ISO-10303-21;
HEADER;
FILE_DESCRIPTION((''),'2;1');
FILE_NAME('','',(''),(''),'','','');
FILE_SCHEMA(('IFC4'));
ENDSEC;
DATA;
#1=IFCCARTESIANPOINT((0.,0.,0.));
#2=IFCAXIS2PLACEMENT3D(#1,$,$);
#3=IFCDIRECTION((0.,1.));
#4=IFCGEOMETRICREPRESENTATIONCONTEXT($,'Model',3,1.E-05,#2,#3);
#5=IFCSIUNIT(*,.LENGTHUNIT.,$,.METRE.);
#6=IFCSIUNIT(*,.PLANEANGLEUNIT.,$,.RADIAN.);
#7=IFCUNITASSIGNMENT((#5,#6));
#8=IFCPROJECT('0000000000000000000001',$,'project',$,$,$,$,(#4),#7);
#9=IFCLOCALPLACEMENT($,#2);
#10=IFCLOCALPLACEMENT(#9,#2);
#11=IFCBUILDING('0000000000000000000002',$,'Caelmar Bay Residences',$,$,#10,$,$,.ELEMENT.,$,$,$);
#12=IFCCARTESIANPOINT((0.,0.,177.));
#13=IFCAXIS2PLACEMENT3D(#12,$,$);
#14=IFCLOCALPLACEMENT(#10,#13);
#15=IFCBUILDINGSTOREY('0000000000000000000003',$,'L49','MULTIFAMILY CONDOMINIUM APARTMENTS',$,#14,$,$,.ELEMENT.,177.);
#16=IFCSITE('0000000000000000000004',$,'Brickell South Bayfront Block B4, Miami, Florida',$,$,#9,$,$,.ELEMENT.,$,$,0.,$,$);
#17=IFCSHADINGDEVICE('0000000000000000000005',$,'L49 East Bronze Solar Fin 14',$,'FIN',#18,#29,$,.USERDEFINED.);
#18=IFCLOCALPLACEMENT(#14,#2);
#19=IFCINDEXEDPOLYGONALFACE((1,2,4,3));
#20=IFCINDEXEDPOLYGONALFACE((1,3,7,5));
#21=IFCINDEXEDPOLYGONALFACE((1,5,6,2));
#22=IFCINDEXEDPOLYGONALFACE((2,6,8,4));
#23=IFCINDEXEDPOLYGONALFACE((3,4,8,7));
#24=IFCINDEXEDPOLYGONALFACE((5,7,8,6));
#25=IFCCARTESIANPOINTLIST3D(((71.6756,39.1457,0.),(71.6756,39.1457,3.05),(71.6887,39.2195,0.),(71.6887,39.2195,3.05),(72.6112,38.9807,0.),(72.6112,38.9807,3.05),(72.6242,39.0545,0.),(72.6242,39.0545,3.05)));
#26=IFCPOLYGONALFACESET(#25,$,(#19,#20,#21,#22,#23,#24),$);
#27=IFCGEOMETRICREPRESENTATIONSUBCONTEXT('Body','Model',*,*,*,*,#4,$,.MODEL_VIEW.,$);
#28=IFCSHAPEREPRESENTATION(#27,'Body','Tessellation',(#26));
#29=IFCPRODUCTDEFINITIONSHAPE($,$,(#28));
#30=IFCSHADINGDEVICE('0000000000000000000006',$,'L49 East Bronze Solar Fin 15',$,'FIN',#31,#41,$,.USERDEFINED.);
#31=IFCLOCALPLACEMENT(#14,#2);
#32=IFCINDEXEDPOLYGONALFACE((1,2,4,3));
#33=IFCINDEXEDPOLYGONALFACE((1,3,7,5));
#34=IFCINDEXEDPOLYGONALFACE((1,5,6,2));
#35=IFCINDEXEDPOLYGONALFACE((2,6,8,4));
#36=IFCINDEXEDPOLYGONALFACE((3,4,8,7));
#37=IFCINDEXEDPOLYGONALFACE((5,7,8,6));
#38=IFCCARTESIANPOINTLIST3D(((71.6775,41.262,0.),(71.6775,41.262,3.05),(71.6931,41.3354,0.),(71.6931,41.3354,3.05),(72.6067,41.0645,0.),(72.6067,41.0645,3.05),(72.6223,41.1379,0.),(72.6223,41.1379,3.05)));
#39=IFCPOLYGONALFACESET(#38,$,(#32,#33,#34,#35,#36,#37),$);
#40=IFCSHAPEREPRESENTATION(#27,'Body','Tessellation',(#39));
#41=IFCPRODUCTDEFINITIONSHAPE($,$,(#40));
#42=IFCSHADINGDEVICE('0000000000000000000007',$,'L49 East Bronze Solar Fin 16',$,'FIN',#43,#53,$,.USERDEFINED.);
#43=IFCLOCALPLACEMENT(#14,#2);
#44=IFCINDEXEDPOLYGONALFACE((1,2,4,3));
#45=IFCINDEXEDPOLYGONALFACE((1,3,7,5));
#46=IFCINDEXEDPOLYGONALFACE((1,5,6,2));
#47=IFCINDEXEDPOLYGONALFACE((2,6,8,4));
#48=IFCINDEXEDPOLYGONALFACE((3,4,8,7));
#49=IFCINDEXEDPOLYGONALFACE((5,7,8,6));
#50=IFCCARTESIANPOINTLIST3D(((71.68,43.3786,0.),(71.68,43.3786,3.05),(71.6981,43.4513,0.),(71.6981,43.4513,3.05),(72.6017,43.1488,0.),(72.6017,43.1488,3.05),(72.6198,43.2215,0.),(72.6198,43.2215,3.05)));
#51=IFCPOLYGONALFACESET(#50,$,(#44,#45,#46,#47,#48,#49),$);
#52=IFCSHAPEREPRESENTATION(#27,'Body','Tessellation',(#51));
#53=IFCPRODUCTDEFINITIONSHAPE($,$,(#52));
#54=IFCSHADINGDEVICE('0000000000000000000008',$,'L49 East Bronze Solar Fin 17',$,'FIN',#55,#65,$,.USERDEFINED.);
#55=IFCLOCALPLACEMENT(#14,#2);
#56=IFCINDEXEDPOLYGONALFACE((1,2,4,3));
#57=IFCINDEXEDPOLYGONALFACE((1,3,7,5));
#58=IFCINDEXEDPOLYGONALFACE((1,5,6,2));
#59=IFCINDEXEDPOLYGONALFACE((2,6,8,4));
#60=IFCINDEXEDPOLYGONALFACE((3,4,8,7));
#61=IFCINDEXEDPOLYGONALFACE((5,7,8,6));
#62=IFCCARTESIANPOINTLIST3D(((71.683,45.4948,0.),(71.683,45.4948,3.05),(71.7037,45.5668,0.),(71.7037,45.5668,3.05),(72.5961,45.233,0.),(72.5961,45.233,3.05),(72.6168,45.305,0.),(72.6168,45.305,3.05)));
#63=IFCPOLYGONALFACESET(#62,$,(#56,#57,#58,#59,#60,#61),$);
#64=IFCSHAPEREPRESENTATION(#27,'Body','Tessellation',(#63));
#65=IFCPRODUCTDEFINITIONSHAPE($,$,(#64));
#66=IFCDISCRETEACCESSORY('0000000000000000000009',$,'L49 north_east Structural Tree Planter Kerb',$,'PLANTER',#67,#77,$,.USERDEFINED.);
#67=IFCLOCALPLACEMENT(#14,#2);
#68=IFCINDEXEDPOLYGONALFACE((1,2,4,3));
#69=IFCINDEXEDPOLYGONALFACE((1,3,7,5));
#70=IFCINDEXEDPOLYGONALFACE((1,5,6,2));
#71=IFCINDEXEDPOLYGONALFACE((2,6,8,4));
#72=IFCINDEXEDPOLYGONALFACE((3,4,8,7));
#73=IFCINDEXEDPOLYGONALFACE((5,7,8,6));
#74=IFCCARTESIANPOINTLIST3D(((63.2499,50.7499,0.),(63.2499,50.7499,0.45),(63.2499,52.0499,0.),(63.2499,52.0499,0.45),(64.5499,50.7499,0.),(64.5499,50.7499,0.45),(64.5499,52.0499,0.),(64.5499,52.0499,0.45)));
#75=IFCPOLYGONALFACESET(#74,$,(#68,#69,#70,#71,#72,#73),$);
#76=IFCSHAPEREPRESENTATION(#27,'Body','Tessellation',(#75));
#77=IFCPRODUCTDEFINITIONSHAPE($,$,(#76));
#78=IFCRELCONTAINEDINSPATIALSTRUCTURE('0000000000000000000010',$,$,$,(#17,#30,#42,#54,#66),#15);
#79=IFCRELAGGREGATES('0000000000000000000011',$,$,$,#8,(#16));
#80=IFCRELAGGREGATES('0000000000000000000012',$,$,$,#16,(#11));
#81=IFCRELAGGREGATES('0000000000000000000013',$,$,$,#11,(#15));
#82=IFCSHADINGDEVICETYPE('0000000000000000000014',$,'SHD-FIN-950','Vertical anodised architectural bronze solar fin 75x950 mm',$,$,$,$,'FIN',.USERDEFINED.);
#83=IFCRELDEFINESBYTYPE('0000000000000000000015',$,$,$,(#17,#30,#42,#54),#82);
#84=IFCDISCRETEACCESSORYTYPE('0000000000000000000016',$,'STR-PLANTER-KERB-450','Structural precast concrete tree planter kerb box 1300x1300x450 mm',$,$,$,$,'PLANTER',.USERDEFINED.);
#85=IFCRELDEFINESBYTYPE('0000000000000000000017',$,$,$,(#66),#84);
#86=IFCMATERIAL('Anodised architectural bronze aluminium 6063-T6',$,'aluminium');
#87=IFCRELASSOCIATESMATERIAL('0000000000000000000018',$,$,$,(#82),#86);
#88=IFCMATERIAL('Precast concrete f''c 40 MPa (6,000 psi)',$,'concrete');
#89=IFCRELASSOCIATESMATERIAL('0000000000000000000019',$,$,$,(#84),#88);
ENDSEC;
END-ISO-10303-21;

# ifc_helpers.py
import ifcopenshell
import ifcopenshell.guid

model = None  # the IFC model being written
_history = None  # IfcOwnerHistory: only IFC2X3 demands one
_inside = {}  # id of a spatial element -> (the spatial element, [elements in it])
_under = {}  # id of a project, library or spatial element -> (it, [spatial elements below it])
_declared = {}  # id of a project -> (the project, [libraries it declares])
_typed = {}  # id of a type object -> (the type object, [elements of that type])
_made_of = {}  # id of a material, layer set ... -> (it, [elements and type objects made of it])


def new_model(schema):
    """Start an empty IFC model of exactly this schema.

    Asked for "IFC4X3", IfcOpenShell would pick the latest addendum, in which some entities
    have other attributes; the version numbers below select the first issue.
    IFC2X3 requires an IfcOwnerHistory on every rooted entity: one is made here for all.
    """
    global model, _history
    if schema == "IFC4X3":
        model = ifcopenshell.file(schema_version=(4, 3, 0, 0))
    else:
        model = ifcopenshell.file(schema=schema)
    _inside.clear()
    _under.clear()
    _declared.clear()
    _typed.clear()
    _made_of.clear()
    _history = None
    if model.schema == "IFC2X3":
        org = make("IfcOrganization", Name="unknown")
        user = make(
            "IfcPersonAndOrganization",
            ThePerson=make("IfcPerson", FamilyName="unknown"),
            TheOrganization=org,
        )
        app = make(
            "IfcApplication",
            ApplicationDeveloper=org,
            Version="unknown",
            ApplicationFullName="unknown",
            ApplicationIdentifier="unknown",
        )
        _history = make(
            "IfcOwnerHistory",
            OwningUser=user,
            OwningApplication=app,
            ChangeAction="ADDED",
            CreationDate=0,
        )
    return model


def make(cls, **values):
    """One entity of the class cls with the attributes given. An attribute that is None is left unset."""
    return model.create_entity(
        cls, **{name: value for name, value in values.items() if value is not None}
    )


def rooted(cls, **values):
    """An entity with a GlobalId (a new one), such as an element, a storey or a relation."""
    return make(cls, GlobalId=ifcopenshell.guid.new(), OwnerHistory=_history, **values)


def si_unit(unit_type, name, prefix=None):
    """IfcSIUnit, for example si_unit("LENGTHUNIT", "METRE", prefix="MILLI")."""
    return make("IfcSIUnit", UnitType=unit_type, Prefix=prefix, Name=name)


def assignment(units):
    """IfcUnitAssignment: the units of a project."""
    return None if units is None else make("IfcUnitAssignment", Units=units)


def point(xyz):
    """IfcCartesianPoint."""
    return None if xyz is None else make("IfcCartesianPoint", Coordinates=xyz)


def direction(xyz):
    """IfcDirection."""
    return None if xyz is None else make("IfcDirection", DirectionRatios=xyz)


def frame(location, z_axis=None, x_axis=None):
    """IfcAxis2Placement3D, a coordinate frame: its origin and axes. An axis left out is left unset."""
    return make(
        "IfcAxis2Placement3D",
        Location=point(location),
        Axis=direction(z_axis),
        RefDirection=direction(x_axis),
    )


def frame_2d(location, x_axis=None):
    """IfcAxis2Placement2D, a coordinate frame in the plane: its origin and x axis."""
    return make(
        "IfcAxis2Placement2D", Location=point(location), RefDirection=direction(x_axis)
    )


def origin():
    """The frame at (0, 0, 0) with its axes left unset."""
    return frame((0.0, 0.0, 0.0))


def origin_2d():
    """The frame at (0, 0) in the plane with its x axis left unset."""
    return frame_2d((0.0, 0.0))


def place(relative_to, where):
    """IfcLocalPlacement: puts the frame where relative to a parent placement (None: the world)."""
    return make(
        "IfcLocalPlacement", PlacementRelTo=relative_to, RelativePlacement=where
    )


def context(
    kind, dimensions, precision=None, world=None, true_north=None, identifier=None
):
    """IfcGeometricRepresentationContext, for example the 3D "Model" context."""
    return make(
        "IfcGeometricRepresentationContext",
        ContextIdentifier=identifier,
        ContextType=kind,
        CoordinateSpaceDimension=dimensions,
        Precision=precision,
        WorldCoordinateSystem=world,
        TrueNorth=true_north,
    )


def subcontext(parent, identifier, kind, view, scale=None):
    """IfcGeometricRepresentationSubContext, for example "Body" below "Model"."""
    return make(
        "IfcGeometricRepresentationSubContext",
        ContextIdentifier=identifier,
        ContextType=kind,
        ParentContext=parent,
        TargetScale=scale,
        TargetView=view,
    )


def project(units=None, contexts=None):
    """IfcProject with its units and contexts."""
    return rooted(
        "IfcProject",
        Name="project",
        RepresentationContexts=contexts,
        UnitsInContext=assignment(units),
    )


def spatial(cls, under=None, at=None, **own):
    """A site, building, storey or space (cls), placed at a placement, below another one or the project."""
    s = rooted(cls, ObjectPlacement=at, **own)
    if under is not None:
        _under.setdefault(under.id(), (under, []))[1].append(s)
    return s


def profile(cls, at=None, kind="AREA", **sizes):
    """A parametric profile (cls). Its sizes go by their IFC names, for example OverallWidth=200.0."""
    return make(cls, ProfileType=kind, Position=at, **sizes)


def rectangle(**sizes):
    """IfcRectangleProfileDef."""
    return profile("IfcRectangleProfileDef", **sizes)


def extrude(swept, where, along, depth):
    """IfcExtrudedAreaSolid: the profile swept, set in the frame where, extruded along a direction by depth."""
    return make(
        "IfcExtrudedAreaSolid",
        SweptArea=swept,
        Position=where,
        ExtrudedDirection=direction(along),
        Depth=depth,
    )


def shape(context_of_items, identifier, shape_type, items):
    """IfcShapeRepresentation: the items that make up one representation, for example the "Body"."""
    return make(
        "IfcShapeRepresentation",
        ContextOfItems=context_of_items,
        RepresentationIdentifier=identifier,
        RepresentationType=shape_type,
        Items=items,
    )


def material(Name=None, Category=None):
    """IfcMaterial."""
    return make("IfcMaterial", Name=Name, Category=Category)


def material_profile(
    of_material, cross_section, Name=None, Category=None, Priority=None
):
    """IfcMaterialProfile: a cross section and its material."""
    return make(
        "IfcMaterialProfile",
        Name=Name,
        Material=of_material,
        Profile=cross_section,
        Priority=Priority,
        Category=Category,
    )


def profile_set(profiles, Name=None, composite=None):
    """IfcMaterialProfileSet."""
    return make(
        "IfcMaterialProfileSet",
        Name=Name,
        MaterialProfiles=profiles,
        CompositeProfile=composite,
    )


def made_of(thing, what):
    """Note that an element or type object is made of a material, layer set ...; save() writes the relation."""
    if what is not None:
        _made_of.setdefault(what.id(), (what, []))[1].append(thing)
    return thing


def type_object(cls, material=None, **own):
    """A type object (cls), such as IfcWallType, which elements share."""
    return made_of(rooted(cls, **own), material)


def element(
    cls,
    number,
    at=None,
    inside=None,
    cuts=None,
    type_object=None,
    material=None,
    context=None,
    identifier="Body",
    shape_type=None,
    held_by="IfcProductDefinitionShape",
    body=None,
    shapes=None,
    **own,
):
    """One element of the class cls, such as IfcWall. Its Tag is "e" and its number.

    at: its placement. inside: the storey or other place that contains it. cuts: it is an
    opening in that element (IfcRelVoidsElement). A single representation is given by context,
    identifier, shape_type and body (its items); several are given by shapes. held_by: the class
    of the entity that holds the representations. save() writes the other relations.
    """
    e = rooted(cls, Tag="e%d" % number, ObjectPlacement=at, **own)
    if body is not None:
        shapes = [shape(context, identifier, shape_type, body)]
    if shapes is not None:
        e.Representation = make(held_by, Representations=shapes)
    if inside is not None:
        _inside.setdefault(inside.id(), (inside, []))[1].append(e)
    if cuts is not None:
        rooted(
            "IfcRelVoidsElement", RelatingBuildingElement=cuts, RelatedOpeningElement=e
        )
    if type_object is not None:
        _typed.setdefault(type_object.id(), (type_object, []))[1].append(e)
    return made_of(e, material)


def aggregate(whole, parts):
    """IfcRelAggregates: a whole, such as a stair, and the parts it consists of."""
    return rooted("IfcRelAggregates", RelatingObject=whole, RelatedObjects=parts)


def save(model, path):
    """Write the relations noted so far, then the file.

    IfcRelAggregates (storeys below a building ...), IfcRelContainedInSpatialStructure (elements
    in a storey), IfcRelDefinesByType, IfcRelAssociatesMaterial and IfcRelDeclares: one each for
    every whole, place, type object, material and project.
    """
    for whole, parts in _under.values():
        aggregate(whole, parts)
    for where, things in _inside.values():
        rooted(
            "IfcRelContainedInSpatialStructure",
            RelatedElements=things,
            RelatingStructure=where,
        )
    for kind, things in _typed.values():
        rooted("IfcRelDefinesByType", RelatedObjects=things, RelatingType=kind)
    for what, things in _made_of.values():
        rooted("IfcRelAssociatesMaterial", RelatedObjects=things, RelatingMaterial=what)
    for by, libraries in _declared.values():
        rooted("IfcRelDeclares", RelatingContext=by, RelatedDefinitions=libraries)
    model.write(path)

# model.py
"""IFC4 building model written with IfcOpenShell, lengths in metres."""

from ifc_helpers import new_model, si_unit, direction, frame, origin, origin_2d, place, context, subcontext, project, spatial, rectangle, extrude, material, material_profile, profile_set, type_object, element, save


model = new_model("IFC4")

# Units and contexts
model_context = context("Model", 3, precision=1e-05, world=origin(), true_north=direction((0.0, 1.0)))
body_context = subcontext(model_context, "Body", "Model", "MODEL_VIEW")
ifc_project = project(units=[si_unit("LENGTHUNIT", "METRE"), si_unit("PLANEANGLEUNIT", "RADIAN")], contexts=[model_context])

# Site, building, storey
site_placement = place(None, origin())
site = spatial("IfcSite", under=ifc_project, at=site_placement, Name="Brickell South Bayfront Block B4, Miami, Florida", CompositionType="ELEMENT", RefElevation=0.0)
building_placement = place(site_placement, origin())
building = spatial("IfcBuilding", under=site, at=building_placement, Name="Caelmar Bay Residences", CompositionType="ELEMENT")
storey_placement = place(building_placement, frame((0.0, 0.0, 177.0)))
storey = spatial("IfcBuildingStorey", under=building, at=storey_placement, Name="L49", Description="MULTIFAMILY CONDOMINIUM APARTMENTS", CompositionType="ELEMENT", Elevation=177.0)

# Shared definitions
ifc_material_1 = material(Name="Precast concrete f'c 40 MPa (6,000 psi)", Category="concrete")

# Shading devices
ifc_material_2 = material(Name="Anodised architectural bronze aluminium 6063-T6", Category="aluminium")
ifc_material_profile_1 = material_profile(ifc_material_2, rectangle(XDim=0.075, YDim=0.95, at=origin_2d()), Name="BRONZE-FIN-75X950")
ifc_profile_set_1 = profile_set([ifc_material_profile_1], Name="Anodised architectural bronze aluminium 6063-T6")
shading_device_type = type_object("IfcShadingDeviceType", Name="SHD-FIN-950", Description="Vertical anodised architectural bronze solar fin 75x950 mm", ElementType="FIN", PredefinedType="USERDEFINED", material=ifc_profile_set_1)
for number, where, z_axis, x_axis, name in (
    (1, (72.1499, 39.1001, 0.0), (0.0, 0.0, 1.0), (0.173648, 0.984808, 0.0), "L49 East Bronze Solar Fin 14"),
    (2, (72.1499, 41.2, 0.0), (0.0, 0.0, 1.0), (0.207912, 0.978148, 0.0), "L49 East Bronze Solar Fin 15"),
    (3, (72.1499, 43.3, 0.0), (0.0, 0.0, 1.0), (0.241922, 0.970296, 0.0), "L49 East Bronze Solar Fin 16"),
    (4, (72.1499, 45.3999, 0.0), (0.0, 0.0, 1.0), (0.275637, 0.961262, 0.0), "L49 East Bronze Solar Fin 17"),
):
    element("IfcShadingDevice", number, at=place(storey_placement, frame(where, z_axis=z_axis, x_axis=x_axis)), inside=storey, type_object=shading_device_type, Name=name, ObjectType="FIN", PredefinedType="USERDEFINED", context=body_context, shape_type="SweptSolid", body=[
        extrude(rectangle(XDim=0.075, YDim=0.95, at=origin_2d()), origin(), (0.0, 0.0, 1.0), 3.05),
    ])

# Discrete accessory
discrete_accessory_type = type_object("IfcDiscreteAccessoryType", Name="STR-PLANTER-KERB-450", Description="Structural precast concrete tree planter kerb box 1300x1300x450 mm", ElementType="PLANTER", PredefinedType="USERDEFINED", material=ifc_material_1)
discrete_accessory_placement = place(storey_placement, frame((63.8999, 51.3999, 0.0), z_axis=(0.0, 0.0, 1.0), x_axis=(1.0, 0.0, 0.0)))
element("IfcDiscreteAccessory", 5, at=discrete_accessory_placement, inside=storey, type_object=discrete_accessory_type, Name="L49 north_east Structural Tree Planter Kerb", ObjectType="PLANTER", PredefinedType="USERDEFINED", context=body_context, shape_type="SweptSolid", body=[
    extrude(rectangle(XDim=1.3, YDim=1.3, at=origin_2d()), origin(), (0.0, 0.0, 1.0), 0.45),
])

save(model, "model.ifc")
